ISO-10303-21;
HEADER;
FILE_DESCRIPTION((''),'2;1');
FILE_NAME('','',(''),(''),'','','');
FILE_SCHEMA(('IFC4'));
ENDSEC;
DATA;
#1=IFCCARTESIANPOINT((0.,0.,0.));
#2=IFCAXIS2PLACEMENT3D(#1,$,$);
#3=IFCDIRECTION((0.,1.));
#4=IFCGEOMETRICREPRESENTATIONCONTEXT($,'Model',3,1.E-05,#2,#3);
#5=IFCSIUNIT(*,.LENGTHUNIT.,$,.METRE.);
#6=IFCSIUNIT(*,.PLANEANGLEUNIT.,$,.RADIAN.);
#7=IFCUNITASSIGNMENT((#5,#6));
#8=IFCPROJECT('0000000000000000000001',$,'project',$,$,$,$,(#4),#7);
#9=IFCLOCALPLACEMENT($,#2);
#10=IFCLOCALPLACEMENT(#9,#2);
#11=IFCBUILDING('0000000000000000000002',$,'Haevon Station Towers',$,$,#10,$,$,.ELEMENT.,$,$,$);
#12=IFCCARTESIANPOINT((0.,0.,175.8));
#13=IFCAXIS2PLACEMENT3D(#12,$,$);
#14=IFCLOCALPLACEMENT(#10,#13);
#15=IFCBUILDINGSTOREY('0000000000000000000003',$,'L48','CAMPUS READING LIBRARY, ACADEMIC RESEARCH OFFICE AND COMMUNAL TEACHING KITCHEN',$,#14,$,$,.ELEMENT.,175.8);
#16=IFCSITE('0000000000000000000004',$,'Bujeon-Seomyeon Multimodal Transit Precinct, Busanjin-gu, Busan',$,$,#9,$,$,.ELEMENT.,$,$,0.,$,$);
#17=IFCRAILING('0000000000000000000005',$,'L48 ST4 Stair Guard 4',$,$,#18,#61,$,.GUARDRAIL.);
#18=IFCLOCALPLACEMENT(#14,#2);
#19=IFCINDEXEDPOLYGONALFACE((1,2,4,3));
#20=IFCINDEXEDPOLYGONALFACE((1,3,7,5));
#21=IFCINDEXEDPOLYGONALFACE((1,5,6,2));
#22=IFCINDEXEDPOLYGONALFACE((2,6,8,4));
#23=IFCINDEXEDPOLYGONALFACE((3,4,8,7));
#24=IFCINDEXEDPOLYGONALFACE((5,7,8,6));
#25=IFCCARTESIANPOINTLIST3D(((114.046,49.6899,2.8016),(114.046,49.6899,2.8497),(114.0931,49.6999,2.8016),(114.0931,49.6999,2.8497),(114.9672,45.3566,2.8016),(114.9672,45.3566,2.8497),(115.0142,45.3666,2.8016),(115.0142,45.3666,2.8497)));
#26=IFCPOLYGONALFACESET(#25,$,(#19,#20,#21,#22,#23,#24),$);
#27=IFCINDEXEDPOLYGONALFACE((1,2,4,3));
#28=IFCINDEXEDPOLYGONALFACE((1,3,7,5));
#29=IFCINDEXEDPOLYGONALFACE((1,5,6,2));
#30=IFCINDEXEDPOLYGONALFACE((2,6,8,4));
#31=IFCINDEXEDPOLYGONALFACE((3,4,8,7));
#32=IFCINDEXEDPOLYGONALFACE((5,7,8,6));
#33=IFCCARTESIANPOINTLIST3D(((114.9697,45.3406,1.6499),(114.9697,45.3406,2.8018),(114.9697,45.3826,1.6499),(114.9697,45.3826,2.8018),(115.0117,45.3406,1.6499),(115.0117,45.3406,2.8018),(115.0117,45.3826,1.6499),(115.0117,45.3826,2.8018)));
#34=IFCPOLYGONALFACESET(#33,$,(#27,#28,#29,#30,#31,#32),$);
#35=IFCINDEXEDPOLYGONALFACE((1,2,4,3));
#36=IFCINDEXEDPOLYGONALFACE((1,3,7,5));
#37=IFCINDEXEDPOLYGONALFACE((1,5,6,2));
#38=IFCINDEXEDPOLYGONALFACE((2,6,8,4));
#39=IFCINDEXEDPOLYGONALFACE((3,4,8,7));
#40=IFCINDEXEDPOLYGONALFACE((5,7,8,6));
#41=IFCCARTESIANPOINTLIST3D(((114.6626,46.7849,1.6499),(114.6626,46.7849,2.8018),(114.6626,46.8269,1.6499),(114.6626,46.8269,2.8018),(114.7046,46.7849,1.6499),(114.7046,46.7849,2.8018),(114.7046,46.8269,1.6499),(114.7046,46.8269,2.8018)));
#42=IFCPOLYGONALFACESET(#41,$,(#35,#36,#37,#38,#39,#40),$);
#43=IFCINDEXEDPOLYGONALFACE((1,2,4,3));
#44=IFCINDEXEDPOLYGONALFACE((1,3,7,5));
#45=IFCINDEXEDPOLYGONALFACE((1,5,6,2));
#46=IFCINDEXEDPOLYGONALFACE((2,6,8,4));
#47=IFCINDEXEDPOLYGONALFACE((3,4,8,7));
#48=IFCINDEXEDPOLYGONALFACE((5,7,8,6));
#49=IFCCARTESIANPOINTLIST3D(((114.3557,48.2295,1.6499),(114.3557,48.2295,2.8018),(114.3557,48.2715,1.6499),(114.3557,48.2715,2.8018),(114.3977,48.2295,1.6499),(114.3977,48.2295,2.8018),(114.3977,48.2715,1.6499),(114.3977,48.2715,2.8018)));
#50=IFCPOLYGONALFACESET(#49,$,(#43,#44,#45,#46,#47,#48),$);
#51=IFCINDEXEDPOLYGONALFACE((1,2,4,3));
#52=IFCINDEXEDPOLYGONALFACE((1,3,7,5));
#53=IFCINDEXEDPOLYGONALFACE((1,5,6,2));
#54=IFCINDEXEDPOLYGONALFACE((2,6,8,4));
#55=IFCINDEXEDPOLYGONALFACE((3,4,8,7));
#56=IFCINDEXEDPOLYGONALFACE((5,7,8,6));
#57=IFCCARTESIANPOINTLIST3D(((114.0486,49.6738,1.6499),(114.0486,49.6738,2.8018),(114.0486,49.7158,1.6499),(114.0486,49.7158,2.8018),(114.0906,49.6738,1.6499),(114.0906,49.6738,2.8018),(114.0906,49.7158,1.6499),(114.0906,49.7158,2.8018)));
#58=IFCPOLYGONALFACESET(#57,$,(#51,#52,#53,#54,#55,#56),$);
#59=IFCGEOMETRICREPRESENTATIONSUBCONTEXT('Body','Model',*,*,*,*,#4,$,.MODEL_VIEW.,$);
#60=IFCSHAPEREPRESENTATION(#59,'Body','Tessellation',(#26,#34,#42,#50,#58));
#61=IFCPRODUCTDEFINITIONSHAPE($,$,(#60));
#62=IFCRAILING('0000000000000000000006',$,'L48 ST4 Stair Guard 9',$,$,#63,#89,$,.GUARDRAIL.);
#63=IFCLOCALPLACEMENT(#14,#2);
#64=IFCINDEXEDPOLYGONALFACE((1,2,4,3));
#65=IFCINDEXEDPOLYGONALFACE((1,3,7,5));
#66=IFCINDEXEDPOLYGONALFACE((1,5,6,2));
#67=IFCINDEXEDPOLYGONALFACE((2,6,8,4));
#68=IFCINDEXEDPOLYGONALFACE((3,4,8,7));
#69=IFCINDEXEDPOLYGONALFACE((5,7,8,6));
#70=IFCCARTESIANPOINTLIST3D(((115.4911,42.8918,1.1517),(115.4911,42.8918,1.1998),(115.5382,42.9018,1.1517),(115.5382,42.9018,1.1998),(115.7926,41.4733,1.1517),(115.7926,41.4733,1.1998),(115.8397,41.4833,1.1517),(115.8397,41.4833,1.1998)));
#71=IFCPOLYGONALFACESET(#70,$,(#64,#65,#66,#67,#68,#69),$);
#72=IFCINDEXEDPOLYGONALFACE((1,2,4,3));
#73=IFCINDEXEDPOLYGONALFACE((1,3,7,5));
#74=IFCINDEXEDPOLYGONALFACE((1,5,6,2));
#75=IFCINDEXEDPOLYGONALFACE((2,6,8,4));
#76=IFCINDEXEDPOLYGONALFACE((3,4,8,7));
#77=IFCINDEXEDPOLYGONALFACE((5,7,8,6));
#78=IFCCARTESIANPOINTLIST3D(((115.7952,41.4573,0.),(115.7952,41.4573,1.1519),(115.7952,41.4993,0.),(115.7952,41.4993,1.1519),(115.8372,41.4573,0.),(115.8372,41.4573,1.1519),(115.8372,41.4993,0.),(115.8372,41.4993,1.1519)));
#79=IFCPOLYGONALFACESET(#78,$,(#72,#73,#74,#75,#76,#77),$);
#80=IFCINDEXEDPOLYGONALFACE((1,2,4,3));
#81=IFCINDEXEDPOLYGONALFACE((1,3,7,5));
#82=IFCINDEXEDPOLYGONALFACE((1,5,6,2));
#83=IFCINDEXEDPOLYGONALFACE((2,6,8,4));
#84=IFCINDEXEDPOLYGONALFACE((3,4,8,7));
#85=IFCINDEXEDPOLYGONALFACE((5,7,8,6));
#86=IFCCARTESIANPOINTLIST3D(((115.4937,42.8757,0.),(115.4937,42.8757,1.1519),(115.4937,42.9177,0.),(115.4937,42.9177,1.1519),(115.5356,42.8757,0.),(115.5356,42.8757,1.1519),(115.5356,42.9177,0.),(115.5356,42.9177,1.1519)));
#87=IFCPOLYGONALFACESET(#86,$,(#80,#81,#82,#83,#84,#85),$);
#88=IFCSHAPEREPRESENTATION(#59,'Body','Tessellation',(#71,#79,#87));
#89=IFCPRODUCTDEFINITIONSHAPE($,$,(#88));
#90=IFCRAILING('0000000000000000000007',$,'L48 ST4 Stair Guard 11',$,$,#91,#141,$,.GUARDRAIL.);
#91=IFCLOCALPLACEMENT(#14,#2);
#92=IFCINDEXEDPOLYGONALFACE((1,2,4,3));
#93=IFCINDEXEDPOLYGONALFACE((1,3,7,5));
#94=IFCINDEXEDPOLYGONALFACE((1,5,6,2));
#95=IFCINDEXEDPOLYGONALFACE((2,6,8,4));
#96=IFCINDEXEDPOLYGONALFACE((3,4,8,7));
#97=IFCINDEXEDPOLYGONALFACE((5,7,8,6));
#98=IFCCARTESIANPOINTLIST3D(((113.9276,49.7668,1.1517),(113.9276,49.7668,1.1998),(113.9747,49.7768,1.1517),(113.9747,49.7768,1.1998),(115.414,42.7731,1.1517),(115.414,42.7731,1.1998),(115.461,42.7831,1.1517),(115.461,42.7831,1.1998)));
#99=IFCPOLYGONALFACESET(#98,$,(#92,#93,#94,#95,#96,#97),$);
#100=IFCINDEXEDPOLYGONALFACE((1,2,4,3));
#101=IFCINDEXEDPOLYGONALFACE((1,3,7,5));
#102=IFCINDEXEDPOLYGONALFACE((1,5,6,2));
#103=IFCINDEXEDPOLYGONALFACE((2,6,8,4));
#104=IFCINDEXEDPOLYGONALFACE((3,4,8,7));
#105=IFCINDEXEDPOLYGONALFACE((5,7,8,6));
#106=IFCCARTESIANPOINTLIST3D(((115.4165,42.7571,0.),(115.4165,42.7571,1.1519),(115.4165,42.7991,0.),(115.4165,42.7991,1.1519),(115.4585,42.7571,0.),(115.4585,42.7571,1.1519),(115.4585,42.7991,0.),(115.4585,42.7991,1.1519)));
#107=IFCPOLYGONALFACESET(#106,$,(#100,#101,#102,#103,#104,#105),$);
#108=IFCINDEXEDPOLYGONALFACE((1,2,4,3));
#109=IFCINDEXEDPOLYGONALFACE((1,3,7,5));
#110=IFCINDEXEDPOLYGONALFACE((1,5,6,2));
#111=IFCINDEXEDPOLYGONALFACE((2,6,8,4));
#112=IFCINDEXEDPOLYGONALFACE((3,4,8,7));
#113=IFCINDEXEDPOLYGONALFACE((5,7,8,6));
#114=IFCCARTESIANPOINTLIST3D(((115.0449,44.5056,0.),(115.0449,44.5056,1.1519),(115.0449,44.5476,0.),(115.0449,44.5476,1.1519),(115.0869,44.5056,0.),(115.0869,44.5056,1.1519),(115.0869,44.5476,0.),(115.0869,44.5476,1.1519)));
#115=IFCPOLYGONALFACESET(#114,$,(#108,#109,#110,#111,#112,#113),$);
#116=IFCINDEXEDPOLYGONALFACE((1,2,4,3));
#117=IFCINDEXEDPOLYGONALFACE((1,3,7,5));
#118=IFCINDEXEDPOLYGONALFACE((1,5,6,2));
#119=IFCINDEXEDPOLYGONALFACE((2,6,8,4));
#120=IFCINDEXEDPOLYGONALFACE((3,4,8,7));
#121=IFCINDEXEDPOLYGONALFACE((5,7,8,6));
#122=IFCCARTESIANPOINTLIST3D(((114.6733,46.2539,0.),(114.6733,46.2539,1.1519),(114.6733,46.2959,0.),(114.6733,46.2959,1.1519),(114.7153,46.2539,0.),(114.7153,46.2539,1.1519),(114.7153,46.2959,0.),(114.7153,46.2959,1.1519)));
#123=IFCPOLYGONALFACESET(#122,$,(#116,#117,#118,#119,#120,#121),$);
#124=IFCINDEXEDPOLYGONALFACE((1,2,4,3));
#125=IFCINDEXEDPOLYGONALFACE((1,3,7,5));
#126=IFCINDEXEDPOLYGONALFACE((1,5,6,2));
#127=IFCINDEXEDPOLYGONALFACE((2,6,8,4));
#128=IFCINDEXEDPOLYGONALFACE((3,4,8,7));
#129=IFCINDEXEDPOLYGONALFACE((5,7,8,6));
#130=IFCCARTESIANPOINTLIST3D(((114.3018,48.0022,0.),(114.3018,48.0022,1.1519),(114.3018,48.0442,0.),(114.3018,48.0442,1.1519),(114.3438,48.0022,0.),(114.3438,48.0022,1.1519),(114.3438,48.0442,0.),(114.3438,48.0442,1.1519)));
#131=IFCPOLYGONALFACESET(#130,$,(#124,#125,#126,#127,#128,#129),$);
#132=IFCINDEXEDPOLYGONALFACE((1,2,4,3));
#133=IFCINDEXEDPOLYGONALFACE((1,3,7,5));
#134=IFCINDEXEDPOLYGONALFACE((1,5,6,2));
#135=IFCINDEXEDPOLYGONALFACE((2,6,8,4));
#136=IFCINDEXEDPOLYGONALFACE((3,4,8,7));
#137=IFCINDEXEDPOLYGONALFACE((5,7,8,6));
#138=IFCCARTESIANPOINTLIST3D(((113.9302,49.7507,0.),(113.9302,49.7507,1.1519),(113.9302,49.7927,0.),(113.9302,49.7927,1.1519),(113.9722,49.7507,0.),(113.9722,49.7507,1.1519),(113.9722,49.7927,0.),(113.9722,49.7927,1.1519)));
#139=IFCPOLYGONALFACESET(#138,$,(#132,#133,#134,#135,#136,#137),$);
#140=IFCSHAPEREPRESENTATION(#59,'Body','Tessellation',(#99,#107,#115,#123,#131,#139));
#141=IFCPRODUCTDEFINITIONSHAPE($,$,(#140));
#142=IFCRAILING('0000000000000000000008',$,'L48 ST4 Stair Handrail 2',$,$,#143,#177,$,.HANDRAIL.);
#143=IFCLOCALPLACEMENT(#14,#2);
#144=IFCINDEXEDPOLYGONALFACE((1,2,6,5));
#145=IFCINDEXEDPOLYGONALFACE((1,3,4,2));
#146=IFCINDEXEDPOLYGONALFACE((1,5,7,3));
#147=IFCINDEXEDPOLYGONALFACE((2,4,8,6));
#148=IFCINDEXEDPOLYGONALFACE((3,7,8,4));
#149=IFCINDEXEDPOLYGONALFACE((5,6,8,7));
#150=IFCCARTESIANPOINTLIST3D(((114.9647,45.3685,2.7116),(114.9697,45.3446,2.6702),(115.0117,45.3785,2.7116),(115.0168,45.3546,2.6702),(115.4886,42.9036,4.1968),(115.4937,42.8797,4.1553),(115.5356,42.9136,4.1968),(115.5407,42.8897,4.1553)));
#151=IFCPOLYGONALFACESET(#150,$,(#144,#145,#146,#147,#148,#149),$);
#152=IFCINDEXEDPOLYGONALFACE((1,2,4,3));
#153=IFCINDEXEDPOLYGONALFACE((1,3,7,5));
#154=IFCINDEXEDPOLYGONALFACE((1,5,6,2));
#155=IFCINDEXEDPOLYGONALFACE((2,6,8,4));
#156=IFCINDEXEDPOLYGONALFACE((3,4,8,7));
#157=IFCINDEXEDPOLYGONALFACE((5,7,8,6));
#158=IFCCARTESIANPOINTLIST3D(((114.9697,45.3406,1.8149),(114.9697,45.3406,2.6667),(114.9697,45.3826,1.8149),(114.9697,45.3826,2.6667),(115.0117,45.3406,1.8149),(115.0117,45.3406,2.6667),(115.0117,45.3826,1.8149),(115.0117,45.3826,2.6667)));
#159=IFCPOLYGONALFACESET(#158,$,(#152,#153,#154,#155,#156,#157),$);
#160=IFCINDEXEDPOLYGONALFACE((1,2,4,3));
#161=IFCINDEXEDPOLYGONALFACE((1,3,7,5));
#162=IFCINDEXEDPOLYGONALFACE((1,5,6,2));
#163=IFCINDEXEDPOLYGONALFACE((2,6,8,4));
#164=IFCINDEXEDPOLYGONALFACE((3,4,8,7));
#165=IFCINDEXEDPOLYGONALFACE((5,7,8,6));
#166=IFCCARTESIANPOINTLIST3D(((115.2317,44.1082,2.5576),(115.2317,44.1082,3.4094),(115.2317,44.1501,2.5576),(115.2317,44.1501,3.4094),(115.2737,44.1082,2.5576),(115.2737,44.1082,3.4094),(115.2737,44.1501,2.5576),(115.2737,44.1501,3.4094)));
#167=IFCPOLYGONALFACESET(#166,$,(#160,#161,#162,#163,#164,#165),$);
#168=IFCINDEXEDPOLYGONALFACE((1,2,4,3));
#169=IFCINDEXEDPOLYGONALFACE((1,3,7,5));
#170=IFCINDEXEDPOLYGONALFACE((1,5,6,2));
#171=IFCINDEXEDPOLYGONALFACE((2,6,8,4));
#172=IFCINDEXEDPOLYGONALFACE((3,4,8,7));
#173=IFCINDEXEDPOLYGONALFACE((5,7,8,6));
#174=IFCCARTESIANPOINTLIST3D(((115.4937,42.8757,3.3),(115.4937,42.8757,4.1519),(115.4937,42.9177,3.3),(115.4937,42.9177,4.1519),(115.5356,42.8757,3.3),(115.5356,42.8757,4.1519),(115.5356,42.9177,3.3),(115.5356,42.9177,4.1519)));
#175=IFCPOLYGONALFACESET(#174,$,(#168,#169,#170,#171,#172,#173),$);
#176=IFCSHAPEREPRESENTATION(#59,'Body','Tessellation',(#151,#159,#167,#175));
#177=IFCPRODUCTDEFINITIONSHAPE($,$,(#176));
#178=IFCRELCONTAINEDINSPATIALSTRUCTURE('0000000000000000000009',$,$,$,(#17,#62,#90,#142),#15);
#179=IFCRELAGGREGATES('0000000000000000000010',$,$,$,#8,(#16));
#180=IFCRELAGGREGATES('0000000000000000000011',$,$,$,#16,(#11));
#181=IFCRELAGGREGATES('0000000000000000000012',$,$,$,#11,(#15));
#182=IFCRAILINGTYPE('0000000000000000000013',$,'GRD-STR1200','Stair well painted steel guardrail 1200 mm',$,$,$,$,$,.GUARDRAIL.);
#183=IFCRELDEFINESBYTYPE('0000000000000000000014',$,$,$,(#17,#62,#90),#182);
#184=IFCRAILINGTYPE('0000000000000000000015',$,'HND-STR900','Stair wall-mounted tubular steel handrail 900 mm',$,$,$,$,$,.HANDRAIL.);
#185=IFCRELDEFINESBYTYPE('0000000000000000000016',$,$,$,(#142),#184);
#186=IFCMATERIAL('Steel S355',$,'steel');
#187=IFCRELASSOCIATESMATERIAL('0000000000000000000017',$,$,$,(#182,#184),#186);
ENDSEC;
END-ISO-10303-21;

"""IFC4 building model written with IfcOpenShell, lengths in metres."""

from ifc_helpers import new_model, si_unit, direction, frame, origin, origin_2d, place, context, subcontext, project, spatial, rectangle, extrude, material, type_object, element, save


model = new_model("IFC4")

# Units and contexts
model_context = context("Model", 3, precision=1e-05, world=origin(), true_north=direction((0.0, 1.0)))
body_context = subcontext(model_context, "Body", "Model", "MODEL_VIEW")
ifc_project = project(units=[si_unit("LENGTHUNIT", "METRE"), si_unit("PLANEANGLEUNIT", "RADIAN")], contexts=[model_context])

# Site, building, storey
site_placement = place(None, origin())
site = spatial("IfcSite", under=ifc_project, at=site_placement, Name="Bujeon-Seomyeon Multimodal Transit Precinct, Busanjin-gu, Busan", CompositionType="ELEMENT", RefElevation=0.0)
building_placement = place(site_placement, origin())
building = spatial("IfcBuilding", under=site, at=building_placement, Name="Haevon Station Towers", CompositionType="ELEMENT")
storey_placement = place(building_placement, frame((0.0, 0.0, 175.8)))
storey = spatial("IfcBuildingStorey", under=building, at=storey_placement, Name="L48", Description="CAMPUS READING LIBRARY, ACADEMIC RESEARCH OFFICE AND COMMUNAL TEACHING KITCHEN", CompositionType="ELEMENT", Elevation=175.8)

# Railings
ifc_material_1 = material(Name="Steel S355", Category="steel")
railing_type_1 = type_object("IfcRailingType", Name="GRD-STR1200", Description="Stair well painted steel guardrail 1200 mm", PredefinedType="GUARDRAIL", material=ifc_material_1)
railing_1_placement = place(storey_placement, frame((114.9907, 45.3616, 1.6499)))
element("IfcRailing", 1, at=railing_1_placement, inside=storey, type_object=railing_type_1, Name="L48 ST4 Stair Guard 4", PredefinedType="GUARDRAIL", context=body_context, shape_type="SweptSolid", body=[
    extrude(rectangle(XDim=0.0481, YDim=0.0481, at=origin_2d()), frame((0.0, 0.0, 1.1758), z_axis=(-0.207929, 0.978144, 0.0), x_axis=(-0.978144, -0.207929, 0.0)), (0.0, 0.0, 1.0), 4.4302),
    extrude(rectangle(XDim=0.042, YDim=0.042, at=origin_2d()), origin(), (0.0, 0.0, 1.0), 1.1519),
    extrude(rectangle(XDim=0.042, YDim=0.042, at=origin_2d()), frame((-0.3071, 1.4443, 0.0)), (0.0, 0.0, 1.0), 1.1519),
    extrude(rectangle(XDim=0.042, YDim=0.042, at=origin_2d()), frame((-0.614, 2.8889, 0.0)), (0.0, 0.0, 1.0), 1.1519),
    extrude(rectangle(XDim=0.042, YDim=0.042, at=origin_2d()), frame((-0.9211, 4.3333, 0.0)), (0.0, 0.0, 1.0), 1.1519),
])
railing_2_placement = place(storey_placement, frame((115.8162, 41.4783, 0.0)))
element("IfcRailing", 2, at=railing_2_placement, inside=storey, type_object=railing_type_1, Name="L48 ST4 Stair Guard 9", PredefinedType="GUARDRAIL", context=body_context, shape_type="SweptSolid", body=[
    extrude(rectangle(XDim=0.0481, YDim=0.0481, at=origin_2d()), frame((0.0, 0.0, 1.1758), z_axis=(-0.207919, 0.978146, 0.0), x_axis=(-0.978146, -0.207919, 0.0)), (0.0, 0.0, 1.0), 1.4502),
    extrude(rectangle(XDim=0.042, YDim=0.042, at=origin_2d()), origin(), (0.0, 0.0, 1.0), 1.1519),
    extrude(rectangle(XDim=0.042, YDim=0.042, at=origin_2d()), frame((-0.3015, 1.4185, 0.0)), (0.0, 0.0, 1.0), 1.1519),
])
railing_3_placement = place(storey_placement, frame((115.4375, 42.7781, 0.0)))
element("IfcRailing", 3, at=railing_3_placement, inside=storey, type_object=railing_type_1, Name="L48 ST4 Stair Guard 11", PredefinedType="GUARDRAIL", context=body_context, shape_type="SweptSolid", body=[
    extrude(rectangle(XDim=0.0481, YDim=0.0481, at=origin_2d()), frame((0.0, 0.0, 1.1758), z_axis=(-0.207882, 0.978154, 0.0), x_axis=(-0.978154, -0.207882, 0.0)), (0.0, 0.0, 1.0), 7.1499),
    extrude(rectangle(XDim=0.042, YDim=0.042, at=origin_2d()), origin(), (0.0, 0.0, 1.0), 1.1519),
    extrude(rectangle(XDim=0.042, YDim=0.042, at=origin_2d()), frame((-0.3716, 1.7485, 0.0)), (0.0, 0.0, 1.0), 1.1519),
    extrude(rectangle(XDim=0.042, YDim=0.042, at=origin_2d()), frame((-0.7432, 3.4968, 0.0)), (0.0, 0.0, 1.0), 1.1519),
    extrude(rectangle(XDim=0.042, YDim=0.042, at=origin_2d()), frame((-1.1147, 5.2451, 0.0)), (0.0, 0.0, 1.0), 1.1519),
    extrude(rectangle(XDim=0.042, YDim=0.042, at=origin_2d()), frame((-1.4863, 6.9937, 0.0)), (0.0, 0.0, 1.0), 1.1519),
])
railing_type_2 = type_object("IfcRailingType", Name="HND-STR900", Description="Stair wall-mounted tubular steel handrail 900 mm", PredefinedType="HANDRAIL", material=ifc_material_1)
railing_4_placement = place(storey_placement, frame((114.9907, 45.3616, 1.8149)))
element("IfcRailing", 4, at=railing_4_placement, inside=storey, type_object=railing_type_2, Name="L48 ST4 Stair Handrail 2", PredefinedType="HANDRAIL", context=body_context, shape_type="SweptSolid", body=[
    extrude(rectangle(XDim=0.0481, YDim=0.0481, at=origin_2d()), frame((0.0, 0.0, 0.876), z_axis=(0.179121, -0.842688, 0.507733), x_axis=(0.978147, 0.207914, 0.0)), (0.0, 0.0, 1.0), 2.925),
    extrude(rectangle(XDim=0.042, YDim=0.042, at=origin_2d()), origin(), (0.0, 0.0, 1.0), 0.8518),
    extrude(rectangle(XDim=0.042, YDim=0.042, at=origin_2d()), frame((0.262, -1.2324, 0.7427)), (0.0, 0.0, 1.0), 0.8518),
    extrude(rectangle(XDim=0.042, YDim=0.042, at=origin_2d()), frame((0.5239, -2.4648, 1.4851)), (0.0, 0.0, 1.0), 0.8518),
])

save(model, "model.ifc")
